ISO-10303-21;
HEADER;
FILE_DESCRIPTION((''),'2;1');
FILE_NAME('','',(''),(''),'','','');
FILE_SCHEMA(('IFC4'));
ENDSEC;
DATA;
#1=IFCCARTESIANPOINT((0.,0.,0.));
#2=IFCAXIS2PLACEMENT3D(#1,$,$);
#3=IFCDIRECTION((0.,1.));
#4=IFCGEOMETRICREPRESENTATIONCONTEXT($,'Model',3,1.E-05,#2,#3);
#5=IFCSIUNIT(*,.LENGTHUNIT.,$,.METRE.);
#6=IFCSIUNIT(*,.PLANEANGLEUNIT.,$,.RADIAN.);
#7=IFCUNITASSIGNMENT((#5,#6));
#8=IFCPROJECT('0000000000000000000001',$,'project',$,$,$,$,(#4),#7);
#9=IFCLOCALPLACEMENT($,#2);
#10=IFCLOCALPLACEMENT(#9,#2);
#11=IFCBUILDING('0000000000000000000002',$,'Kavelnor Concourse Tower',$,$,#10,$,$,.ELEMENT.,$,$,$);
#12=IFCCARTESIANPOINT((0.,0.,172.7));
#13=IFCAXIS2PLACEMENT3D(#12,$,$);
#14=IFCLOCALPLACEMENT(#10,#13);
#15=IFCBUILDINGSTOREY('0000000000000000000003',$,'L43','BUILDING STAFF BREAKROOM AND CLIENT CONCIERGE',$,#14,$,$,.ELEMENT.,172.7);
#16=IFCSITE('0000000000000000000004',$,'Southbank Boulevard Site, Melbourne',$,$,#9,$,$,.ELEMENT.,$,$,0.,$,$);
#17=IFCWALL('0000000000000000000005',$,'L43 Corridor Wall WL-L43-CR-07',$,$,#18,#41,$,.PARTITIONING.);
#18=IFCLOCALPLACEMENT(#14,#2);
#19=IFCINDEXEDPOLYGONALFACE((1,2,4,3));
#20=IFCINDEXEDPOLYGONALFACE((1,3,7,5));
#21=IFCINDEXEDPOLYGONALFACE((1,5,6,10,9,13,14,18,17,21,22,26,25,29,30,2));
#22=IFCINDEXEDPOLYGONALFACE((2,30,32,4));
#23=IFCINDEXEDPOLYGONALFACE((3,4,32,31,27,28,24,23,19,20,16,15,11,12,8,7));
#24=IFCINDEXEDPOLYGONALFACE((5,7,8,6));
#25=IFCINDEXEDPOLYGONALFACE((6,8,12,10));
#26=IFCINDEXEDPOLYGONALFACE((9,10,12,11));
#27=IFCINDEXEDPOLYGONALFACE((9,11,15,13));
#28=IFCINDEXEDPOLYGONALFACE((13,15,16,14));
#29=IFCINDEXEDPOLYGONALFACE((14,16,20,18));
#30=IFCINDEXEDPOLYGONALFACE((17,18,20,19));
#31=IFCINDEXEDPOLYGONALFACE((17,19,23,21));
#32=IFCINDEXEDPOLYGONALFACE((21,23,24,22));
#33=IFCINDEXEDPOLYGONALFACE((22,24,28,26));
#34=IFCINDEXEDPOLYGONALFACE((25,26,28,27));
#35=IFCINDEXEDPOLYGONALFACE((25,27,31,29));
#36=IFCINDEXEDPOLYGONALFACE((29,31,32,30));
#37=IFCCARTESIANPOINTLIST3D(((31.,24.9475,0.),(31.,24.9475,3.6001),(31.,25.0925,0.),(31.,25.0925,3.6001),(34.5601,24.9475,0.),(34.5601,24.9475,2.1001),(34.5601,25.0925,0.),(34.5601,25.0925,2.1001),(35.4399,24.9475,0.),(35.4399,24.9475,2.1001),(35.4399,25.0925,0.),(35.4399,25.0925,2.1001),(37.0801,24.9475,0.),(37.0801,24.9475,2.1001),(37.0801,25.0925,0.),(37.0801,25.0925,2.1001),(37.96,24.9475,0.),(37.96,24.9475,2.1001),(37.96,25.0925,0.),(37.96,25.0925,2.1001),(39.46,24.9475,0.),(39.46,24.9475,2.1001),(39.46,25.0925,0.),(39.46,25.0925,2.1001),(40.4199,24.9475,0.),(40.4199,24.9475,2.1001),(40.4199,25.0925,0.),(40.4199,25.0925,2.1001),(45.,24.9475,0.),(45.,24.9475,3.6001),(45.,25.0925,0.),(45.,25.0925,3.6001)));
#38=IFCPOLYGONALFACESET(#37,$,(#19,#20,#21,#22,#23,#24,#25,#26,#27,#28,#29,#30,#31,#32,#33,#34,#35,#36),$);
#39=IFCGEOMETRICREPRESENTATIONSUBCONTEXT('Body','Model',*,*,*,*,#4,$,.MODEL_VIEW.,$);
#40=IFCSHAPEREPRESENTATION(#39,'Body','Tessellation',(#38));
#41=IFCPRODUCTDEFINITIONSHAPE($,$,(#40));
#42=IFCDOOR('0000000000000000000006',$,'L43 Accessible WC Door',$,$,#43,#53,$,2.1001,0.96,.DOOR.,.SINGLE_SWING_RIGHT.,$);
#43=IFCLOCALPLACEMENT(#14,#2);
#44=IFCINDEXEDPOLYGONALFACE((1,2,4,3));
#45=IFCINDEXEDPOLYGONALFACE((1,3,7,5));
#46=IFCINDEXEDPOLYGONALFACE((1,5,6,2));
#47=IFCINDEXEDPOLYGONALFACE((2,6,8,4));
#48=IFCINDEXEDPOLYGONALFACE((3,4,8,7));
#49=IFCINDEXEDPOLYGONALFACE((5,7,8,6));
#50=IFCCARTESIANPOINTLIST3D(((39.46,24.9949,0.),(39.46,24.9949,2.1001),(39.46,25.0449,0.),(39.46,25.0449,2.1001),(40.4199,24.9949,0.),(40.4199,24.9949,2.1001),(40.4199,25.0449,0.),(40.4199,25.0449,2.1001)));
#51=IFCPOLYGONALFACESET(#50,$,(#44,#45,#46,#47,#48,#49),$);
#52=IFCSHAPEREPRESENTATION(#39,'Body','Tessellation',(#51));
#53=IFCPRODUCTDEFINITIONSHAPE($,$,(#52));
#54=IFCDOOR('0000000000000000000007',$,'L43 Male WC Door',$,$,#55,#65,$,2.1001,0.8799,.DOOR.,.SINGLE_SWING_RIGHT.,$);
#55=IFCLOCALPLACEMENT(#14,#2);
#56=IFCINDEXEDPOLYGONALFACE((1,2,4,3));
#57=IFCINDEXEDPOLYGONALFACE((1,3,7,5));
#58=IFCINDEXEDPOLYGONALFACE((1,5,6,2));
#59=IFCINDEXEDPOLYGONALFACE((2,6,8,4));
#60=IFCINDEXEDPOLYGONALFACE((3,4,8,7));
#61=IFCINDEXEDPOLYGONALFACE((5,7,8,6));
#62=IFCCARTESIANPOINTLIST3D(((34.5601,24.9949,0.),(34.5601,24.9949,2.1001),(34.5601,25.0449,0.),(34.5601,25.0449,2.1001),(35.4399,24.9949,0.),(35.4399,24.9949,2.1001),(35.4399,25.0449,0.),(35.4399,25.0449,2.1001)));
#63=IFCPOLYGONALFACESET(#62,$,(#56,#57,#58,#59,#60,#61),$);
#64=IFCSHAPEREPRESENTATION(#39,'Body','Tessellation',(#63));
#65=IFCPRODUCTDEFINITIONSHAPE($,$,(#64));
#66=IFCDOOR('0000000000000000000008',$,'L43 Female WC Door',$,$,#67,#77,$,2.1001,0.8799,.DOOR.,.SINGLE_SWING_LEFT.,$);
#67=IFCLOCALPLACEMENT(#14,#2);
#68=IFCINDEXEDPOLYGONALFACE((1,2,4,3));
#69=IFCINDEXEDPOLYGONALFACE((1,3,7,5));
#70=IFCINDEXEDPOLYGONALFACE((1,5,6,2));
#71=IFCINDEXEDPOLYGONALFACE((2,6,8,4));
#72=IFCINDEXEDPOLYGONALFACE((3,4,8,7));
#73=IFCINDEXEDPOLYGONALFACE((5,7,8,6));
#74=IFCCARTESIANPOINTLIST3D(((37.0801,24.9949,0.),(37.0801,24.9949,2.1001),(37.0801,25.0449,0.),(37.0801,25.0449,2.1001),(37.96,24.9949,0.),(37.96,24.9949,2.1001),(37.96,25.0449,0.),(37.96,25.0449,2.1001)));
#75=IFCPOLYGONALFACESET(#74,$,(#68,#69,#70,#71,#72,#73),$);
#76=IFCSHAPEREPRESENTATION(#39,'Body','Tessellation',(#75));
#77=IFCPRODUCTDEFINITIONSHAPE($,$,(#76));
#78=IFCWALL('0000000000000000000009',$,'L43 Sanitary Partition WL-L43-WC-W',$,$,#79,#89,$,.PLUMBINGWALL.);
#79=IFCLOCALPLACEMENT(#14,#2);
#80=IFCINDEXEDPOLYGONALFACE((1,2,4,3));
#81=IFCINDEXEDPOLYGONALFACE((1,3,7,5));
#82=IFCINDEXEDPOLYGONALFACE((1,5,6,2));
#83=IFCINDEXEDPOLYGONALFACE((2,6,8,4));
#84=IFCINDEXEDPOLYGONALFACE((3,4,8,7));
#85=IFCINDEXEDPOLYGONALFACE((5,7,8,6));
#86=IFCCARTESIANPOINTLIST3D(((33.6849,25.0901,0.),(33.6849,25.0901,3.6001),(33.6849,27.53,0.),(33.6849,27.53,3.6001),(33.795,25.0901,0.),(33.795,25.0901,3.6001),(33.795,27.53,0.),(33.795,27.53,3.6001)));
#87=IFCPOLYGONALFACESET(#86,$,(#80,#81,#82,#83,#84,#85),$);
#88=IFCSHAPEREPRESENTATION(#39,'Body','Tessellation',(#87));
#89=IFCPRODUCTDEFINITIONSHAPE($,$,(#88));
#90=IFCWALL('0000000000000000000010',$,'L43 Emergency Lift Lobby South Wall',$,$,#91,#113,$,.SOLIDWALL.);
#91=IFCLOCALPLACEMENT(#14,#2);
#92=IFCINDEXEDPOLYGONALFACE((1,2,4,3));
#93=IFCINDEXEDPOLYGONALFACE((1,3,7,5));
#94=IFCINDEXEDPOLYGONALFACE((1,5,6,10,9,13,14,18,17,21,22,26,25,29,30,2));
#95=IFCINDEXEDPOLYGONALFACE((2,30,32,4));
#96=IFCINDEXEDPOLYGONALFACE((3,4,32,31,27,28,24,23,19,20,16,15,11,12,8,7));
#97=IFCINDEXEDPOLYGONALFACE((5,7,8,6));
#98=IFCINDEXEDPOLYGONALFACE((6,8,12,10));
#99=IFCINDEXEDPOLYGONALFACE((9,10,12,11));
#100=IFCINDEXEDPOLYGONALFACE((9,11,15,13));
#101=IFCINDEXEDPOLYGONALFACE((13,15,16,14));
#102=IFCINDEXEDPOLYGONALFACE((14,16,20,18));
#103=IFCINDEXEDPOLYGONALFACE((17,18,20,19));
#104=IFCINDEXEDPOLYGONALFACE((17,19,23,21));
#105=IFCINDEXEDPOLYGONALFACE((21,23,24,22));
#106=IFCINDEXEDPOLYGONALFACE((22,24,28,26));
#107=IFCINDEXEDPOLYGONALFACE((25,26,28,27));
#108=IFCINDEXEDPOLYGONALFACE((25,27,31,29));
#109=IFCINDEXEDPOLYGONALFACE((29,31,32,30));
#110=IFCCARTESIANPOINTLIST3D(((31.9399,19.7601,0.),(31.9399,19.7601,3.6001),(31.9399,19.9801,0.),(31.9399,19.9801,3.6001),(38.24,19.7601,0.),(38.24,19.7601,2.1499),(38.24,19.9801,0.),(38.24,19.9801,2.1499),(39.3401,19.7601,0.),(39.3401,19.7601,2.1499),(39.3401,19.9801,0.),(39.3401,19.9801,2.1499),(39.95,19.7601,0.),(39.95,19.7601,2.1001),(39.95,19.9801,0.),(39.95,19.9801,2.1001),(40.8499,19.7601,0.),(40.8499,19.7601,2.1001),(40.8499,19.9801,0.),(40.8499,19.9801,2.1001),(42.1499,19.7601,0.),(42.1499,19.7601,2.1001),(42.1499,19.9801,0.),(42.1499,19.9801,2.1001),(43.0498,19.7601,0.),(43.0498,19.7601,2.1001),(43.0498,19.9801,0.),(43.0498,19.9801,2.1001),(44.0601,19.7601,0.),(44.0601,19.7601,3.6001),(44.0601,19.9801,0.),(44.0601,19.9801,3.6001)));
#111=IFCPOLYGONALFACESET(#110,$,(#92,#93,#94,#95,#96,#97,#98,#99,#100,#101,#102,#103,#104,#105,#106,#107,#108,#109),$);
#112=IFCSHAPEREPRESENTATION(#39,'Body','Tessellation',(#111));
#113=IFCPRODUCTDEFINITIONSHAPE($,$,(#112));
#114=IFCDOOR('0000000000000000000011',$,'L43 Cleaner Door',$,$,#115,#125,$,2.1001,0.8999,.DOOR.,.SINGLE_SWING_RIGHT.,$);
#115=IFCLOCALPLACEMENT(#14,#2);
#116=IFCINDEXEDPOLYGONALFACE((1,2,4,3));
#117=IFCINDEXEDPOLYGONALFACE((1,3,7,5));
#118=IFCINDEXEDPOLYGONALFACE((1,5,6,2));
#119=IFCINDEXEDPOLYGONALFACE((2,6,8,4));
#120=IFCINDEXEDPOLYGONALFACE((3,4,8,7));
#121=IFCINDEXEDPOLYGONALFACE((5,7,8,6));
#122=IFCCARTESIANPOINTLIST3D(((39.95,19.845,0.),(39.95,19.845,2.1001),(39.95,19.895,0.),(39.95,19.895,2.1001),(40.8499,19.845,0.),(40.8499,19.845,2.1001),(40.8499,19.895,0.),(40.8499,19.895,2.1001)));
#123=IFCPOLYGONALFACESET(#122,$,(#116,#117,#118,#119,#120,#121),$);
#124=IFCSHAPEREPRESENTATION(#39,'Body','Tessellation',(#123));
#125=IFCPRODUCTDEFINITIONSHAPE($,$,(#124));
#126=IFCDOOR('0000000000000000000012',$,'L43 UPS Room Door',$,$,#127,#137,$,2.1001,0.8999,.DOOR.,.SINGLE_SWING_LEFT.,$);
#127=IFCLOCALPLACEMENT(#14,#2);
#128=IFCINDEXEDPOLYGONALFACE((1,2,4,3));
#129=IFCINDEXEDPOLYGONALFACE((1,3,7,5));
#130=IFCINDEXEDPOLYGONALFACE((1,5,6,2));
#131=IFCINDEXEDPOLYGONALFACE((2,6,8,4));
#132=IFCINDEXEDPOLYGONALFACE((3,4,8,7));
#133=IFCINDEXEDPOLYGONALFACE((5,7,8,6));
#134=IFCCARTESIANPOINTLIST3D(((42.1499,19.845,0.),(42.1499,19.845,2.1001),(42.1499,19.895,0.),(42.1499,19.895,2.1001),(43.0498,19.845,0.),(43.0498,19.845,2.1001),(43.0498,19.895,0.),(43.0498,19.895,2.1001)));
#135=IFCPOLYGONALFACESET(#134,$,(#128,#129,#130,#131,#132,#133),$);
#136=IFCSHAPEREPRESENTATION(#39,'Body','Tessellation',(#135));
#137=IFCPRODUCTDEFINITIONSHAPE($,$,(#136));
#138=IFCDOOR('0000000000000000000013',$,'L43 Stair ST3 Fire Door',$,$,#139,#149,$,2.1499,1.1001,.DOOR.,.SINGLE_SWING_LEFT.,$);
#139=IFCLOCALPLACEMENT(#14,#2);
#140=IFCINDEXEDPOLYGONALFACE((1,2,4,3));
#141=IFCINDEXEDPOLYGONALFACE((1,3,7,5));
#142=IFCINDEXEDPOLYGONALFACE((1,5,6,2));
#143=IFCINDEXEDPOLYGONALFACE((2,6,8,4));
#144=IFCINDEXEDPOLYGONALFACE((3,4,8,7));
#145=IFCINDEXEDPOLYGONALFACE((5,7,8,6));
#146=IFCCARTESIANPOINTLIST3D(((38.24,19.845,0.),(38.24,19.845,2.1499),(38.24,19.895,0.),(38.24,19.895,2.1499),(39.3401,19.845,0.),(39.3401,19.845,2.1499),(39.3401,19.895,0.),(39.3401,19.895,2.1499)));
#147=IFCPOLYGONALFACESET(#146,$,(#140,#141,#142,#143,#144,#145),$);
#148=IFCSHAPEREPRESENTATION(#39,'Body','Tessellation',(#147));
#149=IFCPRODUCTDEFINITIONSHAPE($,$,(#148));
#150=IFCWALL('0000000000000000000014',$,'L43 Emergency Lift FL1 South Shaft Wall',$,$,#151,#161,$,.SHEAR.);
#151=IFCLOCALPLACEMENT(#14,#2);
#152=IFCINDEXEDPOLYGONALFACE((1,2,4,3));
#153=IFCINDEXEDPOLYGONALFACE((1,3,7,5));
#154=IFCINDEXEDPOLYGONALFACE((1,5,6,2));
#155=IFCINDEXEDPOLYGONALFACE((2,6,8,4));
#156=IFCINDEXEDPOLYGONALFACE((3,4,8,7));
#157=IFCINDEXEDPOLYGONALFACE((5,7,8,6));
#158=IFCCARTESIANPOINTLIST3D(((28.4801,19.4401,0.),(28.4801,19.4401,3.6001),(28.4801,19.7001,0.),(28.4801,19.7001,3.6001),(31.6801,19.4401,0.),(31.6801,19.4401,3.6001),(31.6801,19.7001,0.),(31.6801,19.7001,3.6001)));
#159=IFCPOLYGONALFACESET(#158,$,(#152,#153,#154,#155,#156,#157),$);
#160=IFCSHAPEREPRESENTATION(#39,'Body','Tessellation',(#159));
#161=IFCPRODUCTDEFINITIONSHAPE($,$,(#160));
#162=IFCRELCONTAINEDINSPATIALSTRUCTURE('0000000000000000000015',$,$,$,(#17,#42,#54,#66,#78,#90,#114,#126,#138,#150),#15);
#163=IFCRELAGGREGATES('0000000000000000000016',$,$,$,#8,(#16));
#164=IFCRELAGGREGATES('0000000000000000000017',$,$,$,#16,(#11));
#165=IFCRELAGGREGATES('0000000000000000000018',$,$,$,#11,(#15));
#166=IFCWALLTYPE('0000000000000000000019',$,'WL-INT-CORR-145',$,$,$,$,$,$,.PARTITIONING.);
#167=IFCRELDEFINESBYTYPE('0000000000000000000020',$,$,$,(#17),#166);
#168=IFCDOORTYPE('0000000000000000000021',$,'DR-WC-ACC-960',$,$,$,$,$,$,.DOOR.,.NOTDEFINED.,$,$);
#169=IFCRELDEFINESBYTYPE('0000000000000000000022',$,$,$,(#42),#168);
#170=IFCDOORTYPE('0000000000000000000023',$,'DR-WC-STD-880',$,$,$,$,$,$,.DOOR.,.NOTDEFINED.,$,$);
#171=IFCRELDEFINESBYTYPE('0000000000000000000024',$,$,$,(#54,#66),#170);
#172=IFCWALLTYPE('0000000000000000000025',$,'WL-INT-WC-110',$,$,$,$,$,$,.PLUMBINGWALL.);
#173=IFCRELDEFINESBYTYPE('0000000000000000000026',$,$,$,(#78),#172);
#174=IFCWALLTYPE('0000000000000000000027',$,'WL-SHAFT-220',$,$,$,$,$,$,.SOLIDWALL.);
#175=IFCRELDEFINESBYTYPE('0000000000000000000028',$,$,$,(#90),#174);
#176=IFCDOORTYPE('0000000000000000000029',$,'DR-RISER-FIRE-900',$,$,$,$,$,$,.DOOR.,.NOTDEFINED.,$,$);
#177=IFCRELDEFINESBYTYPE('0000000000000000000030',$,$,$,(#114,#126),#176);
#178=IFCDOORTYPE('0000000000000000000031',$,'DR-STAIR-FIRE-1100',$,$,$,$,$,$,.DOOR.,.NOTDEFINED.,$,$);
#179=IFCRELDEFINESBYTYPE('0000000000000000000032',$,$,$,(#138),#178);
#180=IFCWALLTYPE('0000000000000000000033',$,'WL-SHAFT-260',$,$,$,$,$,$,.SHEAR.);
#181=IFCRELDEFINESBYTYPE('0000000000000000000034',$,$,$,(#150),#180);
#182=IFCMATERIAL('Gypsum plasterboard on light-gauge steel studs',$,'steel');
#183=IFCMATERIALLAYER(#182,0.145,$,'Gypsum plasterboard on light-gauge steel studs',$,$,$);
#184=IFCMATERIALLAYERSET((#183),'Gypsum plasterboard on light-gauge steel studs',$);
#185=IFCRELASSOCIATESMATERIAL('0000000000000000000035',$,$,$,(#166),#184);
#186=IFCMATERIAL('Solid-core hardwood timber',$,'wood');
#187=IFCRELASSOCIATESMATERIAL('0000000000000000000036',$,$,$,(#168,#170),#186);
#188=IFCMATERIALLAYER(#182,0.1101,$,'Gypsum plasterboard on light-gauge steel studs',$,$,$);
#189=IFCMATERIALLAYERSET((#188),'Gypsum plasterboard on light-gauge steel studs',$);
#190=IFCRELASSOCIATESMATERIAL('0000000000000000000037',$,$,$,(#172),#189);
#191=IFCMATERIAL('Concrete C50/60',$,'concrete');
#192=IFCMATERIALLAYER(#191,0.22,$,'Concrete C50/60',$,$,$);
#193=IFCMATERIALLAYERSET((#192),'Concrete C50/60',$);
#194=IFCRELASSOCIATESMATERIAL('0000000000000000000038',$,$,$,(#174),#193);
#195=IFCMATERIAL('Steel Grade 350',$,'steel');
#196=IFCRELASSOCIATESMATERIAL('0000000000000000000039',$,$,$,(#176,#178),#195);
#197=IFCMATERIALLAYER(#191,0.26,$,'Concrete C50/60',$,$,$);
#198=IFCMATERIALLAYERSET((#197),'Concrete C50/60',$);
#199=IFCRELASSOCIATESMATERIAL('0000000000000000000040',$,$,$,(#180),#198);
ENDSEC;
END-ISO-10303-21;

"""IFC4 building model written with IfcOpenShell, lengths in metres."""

from ifc_helpers import new_model, si_unit, direction, frame, frame_2d, origin, place, context, subcontext, project, spatial, rectangle, extrude, material, layer, layer_set, type_object, element, fill, save


model = new_model("IFC4")

# Units and contexts
model_context = context("Model", 3, precision=1e-05, world=origin(), true_north=direction((0.0, 1.0)))
body_context = subcontext(model_context, "Body", "Model", "MODEL_VIEW")
ifc_project = project(units=[si_unit("LENGTHUNIT", "METRE"), si_unit("PLANEANGLEUNIT", "RADIAN")], contexts=[model_context])

# Site, building, storey
site_placement = place(None, origin())
site = spatial("IfcSite", under=ifc_project, at=site_placement, Name="Southbank Boulevard Site, Melbourne", CompositionType="ELEMENT", RefElevation=0.0)
building_placement = place(site_placement, origin())
building = spatial("IfcBuilding", under=site, at=building_placement, Name="Kavelnor Concourse Tower", CompositionType="ELEMENT")
storey_placement = place(building_placement, frame((0.0, 0.0, 172.7)))
storey = spatial("IfcBuildingStorey", under=building, at=storey_placement, Name="L43", Description="BUILDING STAFF BREAKROOM AND CLIENT CONCIERGE", CompositionType="ELEMENT", Elevation=172.7)

# Shared definitions
ifc_material_1 = material(Name="Steel Grade 350", Category="steel")

# Shared definitions
ifc_material_2 = material(Name="Concrete C50/60", Category="concrete")

# Shared definitions
ifc_material_3 = material(Name="Gypsum plasterboard on light-gauge steel studs", Category="steel")
ifc_layer_1 = layer(ifc_material_3, 0.145, Name="Gypsum plasterboard on light-gauge steel studs")
ifc_layer_set_1 = layer_set([ifc_layer_1], Name="Gypsum plasterboard on light-gauge steel studs")
wall_type_1 = type_object("IfcWallType", Name="WL-INT-CORR-145", PredefinedType="PARTITIONING", material=ifc_layer_set_1)

# Wall, openings, doors
wall_1_placement = place(storey_placement, frame((31.0, 25.02, 0.0), z_axis=(0.0, 0.0, 1.0), x_axis=(1.0, 0.0, 0.0)))
wall_1 = element("IfcWall", 1, at=wall_1_placement, inside=storey, type_object=wall_type_1, Name="L43 Corridor Wall WL-L43-CR-07", PredefinedType="PARTITIONING", context=body_context, shape_type="SweptSolid", body=[
    extrude(rectangle(XDim=14.0, YDim=0.145, at=frame_2d((7.0, 0.0))), origin(), (0.0, 0.0, 1.0), 3.6001),
])
opening_1_placement = place(wall_1_placement, frame((3.5601, 0.0, 0.0)))
opening_1 = element("IfcOpeningElement", 2, at=opening_1_placement, cuts=wall_1, PredefinedType="OPENING", context=body_context, shape_type="SweptSolid", body=[
    extrude(rectangle(XDim=0.8799, YDim=2.1001, at=frame_2d((0.4399, 1.05))), frame((0.0, 0.0825, 0.0), z_axis=(0.0, -1.0, 0.0), x_axis=(1.0, 0.0, 0.0)), (0.0, 0.0, 1.0), 0.165),
])
opening_2_placement = place(wall_1_placement, frame((6.0801, 0.0, 0.0)))
opening_2 = element("IfcOpeningElement", 3, at=opening_2_placement, cuts=wall_1, PredefinedType="OPENING", context=body_context, shape_type="SweptSolid", body=[
    extrude(rectangle(XDim=0.8799, YDim=2.1001, at=frame_2d((0.4399, 1.05))), frame((0.0, 0.0825, 0.0), z_axis=(0.0, -1.0, 0.0), x_axis=(1.0, 0.0, 0.0)), (0.0, 0.0, 1.0), 0.165),
])
opening_3_placement = place(wall_1_placement, frame((8.46, 0.0, 0.0)))
opening_3 = element("IfcOpeningElement", 4, at=opening_3_placement, cuts=wall_1, PredefinedType="OPENING", context=body_context, shape_type="SweptSolid", body=[
    extrude(rectangle(XDim=0.96, YDim=2.1001, at=frame_2d((0.48, 1.05))), frame((0.0, 0.0825, 0.0), z_axis=(0.0, -1.0, 0.0), x_axis=(1.0, 0.0, 0.0)), (0.0, 0.0, 1.0), 0.165),
])
ifc_material_4 = material(Name="Solid-core hardwood timber", Category="wood")
door_type_1 = type_object("IfcDoorType", Name="DR-WC-ACC-960", OperationType="NOTDEFINED", PredefinedType="DOOR", material=ifc_material_4)
door_1_placement = place(opening_3_placement, origin())
door_1 = element("IfcDoor", 5, at=door_1_placement, inside=storey, type_object=door_type_1, Name="L43 Accessible WC Door", OperationType="SINGLE_SWING_RIGHT", OverallHeight=2.1001, OverallWidth=0.96, PredefinedType="DOOR", context=body_context, shape_type="SweptSolid", body=[
    extrude(rectangle(XDim=0.96, YDim=2.1001, at=frame_2d((0.48, 1.05))), frame((0.0, 0.0249, 0.0), z_axis=(0.0, -1.0, 0.0), x_axis=(1.0, 0.0, 0.0)), (0.0, 0.0, 1.0), 0.05),
])
fill(opening_3, door_1)
door_type_2 = type_object("IfcDoorType", Name="DR-WC-STD-880", OperationType="NOTDEFINED", PredefinedType="DOOR", material=ifc_material_4)
door_2_placement = place(opening_1_placement, origin())
door_2 = element("IfcDoor", 6, at=door_2_placement, inside=storey, type_object=door_type_2, Name="L43 Male WC Door", OperationType="SINGLE_SWING_RIGHT", OverallHeight=2.1001, OverallWidth=0.8799, PredefinedType="DOOR", context=body_context, shape_type="SweptSolid", body=[
    extrude(rectangle(XDim=0.8799, YDim=2.1001, at=frame_2d((0.4399, 1.05))), frame((0.0, 0.0249, 0.0), z_axis=(0.0, -1.0, 0.0), x_axis=(1.0, 0.0, 0.0)), (0.0, 0.0, 1.0), 0.05),
])
fill(opening_1, door_2)
door_3_placement = place(opening_2_placement, origin())
door_3 = element("IfcDoor", 7, at=door_3_placement, inside=storey, type_object=door_type_2, Name="L43 Female WC Door", OperationType="SINGLE_SWING_LEFT", OverallHeight=2.1001, OverallWidth=0.8799, PredefinedType="DOOR", context=body_context, shape_type="SweptSolid", body=[
    extrude(rectangle(XDim=0.8799, YDim=2.1001, at=frame_2d((0.4399, 1.05))), frame((0.0, 0.0249, 0.0), z_axis=(0.0, -1.0, 0.0), x_axis=(1.0, 0.0, 0.0)), (0.0, 0.0, 1.0), 0.05),
])
fill(opening_2, door_3)

# Wall
ifc_layer_2 = layer(ifc_material_3, 0.1101, Name="Gypsum plasterboard on light-gauge steel studs")
ifc_layer_set_2 = layer_set([ifc_layer_2], Name="Gypsum plasterboard on light-gauge steel studs")
wall_type_2 = type_object("IfcWallType", Name="WL-INT-WC-110", PredefinedType="PLUMBINGWALL", material=ifc_layer_set_2)
wall_2_placement = place(storey_placement, frame((33.74, 25.0901, 0.0), z_axis=(0.0, 0.0, 1.0), x_axis=(0.0, 1.0, 0.0)))
element("IfcWall", 8, at=wall_2_placement, inside=storey, type_object=wall_type_2, Name="L43 Sanitary Partition WL-L43-WC-W", PredefinedType="PLUMBINGWALL", context=body_context, shape_type="SweptSolid", body=[
    extrude(rectangle(XDim=2.4399, YDim=0.1101, at=frame_2d((1.22, 0.0))), origin(), (0.0, 0.0, 1.0), 3.6001),
])

# Wall, openings, doors
ifc_layer_3 = layer(ifc_material_2, 0.22, Name="Concrete C50/60")
ifc_layer_set_3 = layer_set([ifc_layer_3], Name="Concrete C50/60")
wall_type_3 = type_object("IfcWallType", Name="WL-SHAFT-220", PredefinedType="SOLIDWALL", material=ifc_layer_set_3)
wall_3_placement = place(storey_placement, frame((31.9399, 19.8701, 0.0), z_axis=(0.0, 0.0, 1.0), x_axis=(1.0, 0.0, 0.0)))
wall_3 = element("IfcWall", 9, at=wall_3_placement, inside=storey, type_object=wall_type_3, Name="L43 Emergency Lift Lobby South Wall", PredefinedType="SOLIDWALL", context=body_context, shape_type="SweptSolid", body=[
    extrude(rectangle(XDim=12.1201, YDim=0.22, at=frame_2d((6.0601, 0.0))), origin(), (0.0, 0.0, 1.0), 3.6001),
])
opening_4_placement = place(wall_3_placement, frame((6.3, 0.0, 0.0)))
opening_4 = element("IfcOpeningElement", 10, at=opening_4_placement, cuts=wall_3, PredefinedType="OPENING", context=body_context, shape_type="SweptSolid", body=[
    extrude(rectangle(XDim=1.1001, YDim=2.1499, at=frame_2d((0.55, 1.075))), frame((0.0, 0.1201, 0.0), z_axis=(0.0, -1.0, 0.0), x_axis=(1.0, 0.0, 0.0)), (0.0, 0.0, 1.0), 0.24),
])
opening_5_placement = place(wall_3_placement, frame((8.01, 0.0, 0.0)))
opening_5 = element("IfcOpeningElement", 11, at=opening_5_placement, cuts=wall_3, PredefinedType="OPENING", context=body_context, shape_type="SweptSolid", body=[
    extrude(rectangle(XDim=0.8999, YDim=2.1001, at=frame_2d((0.45, 1.05))), frame((0.0, 0.1201, 0.0), z_axis=(0.0, -1.0, 0.0), x_axis=(1.0, 0.0, 0.0)), (0.0, 0.0, 1.0), 0.24),
])
opening_6_placement = place(wall_3_placement, frame((10.21, 0.0, 0.0)))
opening_6 = element("IfcOpeningElement", 12, at=opening_6_placement, cuts=wall_3, PredefinedType="OPENING", context=body_context, shape_type="SweptSolid", body=[
    extrude(rectangle(XDim=0.8999, YDim=2.1001, at=frame_2d((0.45, 1.05))), frame((0.0, 0.1201, 0.0), z_axis=(0.0, -1.0, 0.0), x_axis=(1.0, 0.0, 0.0)), (0.0, 0.0, 1.0), 0.24),
])
door_type_3 = type_object("IfcDoorType", Name="DR-RISER-FIRE-900", OperationType="NOTDEFINED", PredefinedType="DOOR", material=ifc_material_1)
door_4_placement = place(opening_5_placement, origin())
door_4 = element("IfcDoor", 13, at=door_4_placement, inside=storey, type_object=door_type_3, Name="L43 Cleaner Door", OperationType="SINGLE_SWING_RIGHT", OverallHeight=2.1001, OverallWidth=0.8999, PredefinedType="DOOR", context=body_context, shape_type="SweptSolid", body=[
    extrude(rectangle(XDim=0.8999, YDim=2.1001, at=frame_2d((0.45, 1.05))), frame((0.0, 0.0249, 0.0), z_axis=(0.0, -1.0, 0.0), x_axis=(1.0, 0.0, 0.0)), (0.0, 0.0, 1.0), 0.05),
])
fill(opening_5, door_4)
door_5_placement = place(opening_6_placement, origin())
door_5 = element("IfcDoor", 14, at=door_5_placement, inside=storey, type_object=door_type_3, Name="L43 UPS Room Door", OperationType="SINGLE_SWING_LEFT", OverallHeight=2.1001, OverallWidth=0.8999, PredefinedType="DOOR", context=body_context, shape_type="SweptSolid", body=[
    extrude(rectangle(XDim=0.8999, YDim=2.1001, at=frame_2d((0.45, 1.05))), frame((0.0, 0.0249, 0.0), z_axis=(0.0, -1.0, 0.0), x_axis=(1.0, 0.0, 0.0)), (0.0, 0.0, 1.0), 0.05),
])
fill(opening_6, door_5)
door_type_4 = type_object("IfcDoorType", Name="DR-STAIR-FIRE-1100", OperationType="NOTDEFINED", PredefinedType="DOOR", material=ifc_material_1)
door_6_placement = place(opening_4_placement, origin())
door_6 = element("IfcDoor", 15, at=door_6_placement, inside=storey, type_object=door_type_4, Name="L43 Stair ST3 Fire Door", OperationType="SINGLE_SWING_LEFT", OverallHeight=2.1499, OverallWidth=1.1001, PredefinedType="DOOR", context=body_context, shape_type="SweptSolid", body=[
    extrude(rectangle(XDim=1.1001, YDim=2.1499, at=frame_2d((0.55, 1.075))), frame((0.0, 0.0249, 0.0), z_axis=(0.0, -1.0, 0.0), x_axis=(1.0, 0.0, 0.0)), (0.0, 0.0, 1.0), 0.05),
])
fill(opening_4, door_6)

# Wall
ifc_layer_4 = layer(ifc_material_2, 0.26, Name="Concrete C50/60")
ifc_layer_set_4 = layer_set([ifc_layer_4], Name="Concrete C50/60")
wall_type_4 = type_object("IfcWallType", Name="WL-SHAFT-260", PredefinedType="SHEAR", material=ifc_layer_set_4)
wall_4_placement = place(storey_placement, frame((28.48, 19.5701, 0.0), z_axis=(0.0, 0.0, 1.0), x_axis=(1.0, 0.0, 0.0)))
element("IfcWall", 16, at=wall_4_placement, inside=storey, type_object=wall_type_4, Name="L43 Emergency Lift FL1 South Shaft Wall", PredefinedType="SHEAR", context=body_context, shape_type="SweptSolid", body=[
    extrude(rectangle(XDim=3.2, YDim=0.26, at=frame_2d((1.6001, 0.0))), origin(), (0.0, 0.0, 1.0), 3.6001),
])

save(model, "model.ifc")
